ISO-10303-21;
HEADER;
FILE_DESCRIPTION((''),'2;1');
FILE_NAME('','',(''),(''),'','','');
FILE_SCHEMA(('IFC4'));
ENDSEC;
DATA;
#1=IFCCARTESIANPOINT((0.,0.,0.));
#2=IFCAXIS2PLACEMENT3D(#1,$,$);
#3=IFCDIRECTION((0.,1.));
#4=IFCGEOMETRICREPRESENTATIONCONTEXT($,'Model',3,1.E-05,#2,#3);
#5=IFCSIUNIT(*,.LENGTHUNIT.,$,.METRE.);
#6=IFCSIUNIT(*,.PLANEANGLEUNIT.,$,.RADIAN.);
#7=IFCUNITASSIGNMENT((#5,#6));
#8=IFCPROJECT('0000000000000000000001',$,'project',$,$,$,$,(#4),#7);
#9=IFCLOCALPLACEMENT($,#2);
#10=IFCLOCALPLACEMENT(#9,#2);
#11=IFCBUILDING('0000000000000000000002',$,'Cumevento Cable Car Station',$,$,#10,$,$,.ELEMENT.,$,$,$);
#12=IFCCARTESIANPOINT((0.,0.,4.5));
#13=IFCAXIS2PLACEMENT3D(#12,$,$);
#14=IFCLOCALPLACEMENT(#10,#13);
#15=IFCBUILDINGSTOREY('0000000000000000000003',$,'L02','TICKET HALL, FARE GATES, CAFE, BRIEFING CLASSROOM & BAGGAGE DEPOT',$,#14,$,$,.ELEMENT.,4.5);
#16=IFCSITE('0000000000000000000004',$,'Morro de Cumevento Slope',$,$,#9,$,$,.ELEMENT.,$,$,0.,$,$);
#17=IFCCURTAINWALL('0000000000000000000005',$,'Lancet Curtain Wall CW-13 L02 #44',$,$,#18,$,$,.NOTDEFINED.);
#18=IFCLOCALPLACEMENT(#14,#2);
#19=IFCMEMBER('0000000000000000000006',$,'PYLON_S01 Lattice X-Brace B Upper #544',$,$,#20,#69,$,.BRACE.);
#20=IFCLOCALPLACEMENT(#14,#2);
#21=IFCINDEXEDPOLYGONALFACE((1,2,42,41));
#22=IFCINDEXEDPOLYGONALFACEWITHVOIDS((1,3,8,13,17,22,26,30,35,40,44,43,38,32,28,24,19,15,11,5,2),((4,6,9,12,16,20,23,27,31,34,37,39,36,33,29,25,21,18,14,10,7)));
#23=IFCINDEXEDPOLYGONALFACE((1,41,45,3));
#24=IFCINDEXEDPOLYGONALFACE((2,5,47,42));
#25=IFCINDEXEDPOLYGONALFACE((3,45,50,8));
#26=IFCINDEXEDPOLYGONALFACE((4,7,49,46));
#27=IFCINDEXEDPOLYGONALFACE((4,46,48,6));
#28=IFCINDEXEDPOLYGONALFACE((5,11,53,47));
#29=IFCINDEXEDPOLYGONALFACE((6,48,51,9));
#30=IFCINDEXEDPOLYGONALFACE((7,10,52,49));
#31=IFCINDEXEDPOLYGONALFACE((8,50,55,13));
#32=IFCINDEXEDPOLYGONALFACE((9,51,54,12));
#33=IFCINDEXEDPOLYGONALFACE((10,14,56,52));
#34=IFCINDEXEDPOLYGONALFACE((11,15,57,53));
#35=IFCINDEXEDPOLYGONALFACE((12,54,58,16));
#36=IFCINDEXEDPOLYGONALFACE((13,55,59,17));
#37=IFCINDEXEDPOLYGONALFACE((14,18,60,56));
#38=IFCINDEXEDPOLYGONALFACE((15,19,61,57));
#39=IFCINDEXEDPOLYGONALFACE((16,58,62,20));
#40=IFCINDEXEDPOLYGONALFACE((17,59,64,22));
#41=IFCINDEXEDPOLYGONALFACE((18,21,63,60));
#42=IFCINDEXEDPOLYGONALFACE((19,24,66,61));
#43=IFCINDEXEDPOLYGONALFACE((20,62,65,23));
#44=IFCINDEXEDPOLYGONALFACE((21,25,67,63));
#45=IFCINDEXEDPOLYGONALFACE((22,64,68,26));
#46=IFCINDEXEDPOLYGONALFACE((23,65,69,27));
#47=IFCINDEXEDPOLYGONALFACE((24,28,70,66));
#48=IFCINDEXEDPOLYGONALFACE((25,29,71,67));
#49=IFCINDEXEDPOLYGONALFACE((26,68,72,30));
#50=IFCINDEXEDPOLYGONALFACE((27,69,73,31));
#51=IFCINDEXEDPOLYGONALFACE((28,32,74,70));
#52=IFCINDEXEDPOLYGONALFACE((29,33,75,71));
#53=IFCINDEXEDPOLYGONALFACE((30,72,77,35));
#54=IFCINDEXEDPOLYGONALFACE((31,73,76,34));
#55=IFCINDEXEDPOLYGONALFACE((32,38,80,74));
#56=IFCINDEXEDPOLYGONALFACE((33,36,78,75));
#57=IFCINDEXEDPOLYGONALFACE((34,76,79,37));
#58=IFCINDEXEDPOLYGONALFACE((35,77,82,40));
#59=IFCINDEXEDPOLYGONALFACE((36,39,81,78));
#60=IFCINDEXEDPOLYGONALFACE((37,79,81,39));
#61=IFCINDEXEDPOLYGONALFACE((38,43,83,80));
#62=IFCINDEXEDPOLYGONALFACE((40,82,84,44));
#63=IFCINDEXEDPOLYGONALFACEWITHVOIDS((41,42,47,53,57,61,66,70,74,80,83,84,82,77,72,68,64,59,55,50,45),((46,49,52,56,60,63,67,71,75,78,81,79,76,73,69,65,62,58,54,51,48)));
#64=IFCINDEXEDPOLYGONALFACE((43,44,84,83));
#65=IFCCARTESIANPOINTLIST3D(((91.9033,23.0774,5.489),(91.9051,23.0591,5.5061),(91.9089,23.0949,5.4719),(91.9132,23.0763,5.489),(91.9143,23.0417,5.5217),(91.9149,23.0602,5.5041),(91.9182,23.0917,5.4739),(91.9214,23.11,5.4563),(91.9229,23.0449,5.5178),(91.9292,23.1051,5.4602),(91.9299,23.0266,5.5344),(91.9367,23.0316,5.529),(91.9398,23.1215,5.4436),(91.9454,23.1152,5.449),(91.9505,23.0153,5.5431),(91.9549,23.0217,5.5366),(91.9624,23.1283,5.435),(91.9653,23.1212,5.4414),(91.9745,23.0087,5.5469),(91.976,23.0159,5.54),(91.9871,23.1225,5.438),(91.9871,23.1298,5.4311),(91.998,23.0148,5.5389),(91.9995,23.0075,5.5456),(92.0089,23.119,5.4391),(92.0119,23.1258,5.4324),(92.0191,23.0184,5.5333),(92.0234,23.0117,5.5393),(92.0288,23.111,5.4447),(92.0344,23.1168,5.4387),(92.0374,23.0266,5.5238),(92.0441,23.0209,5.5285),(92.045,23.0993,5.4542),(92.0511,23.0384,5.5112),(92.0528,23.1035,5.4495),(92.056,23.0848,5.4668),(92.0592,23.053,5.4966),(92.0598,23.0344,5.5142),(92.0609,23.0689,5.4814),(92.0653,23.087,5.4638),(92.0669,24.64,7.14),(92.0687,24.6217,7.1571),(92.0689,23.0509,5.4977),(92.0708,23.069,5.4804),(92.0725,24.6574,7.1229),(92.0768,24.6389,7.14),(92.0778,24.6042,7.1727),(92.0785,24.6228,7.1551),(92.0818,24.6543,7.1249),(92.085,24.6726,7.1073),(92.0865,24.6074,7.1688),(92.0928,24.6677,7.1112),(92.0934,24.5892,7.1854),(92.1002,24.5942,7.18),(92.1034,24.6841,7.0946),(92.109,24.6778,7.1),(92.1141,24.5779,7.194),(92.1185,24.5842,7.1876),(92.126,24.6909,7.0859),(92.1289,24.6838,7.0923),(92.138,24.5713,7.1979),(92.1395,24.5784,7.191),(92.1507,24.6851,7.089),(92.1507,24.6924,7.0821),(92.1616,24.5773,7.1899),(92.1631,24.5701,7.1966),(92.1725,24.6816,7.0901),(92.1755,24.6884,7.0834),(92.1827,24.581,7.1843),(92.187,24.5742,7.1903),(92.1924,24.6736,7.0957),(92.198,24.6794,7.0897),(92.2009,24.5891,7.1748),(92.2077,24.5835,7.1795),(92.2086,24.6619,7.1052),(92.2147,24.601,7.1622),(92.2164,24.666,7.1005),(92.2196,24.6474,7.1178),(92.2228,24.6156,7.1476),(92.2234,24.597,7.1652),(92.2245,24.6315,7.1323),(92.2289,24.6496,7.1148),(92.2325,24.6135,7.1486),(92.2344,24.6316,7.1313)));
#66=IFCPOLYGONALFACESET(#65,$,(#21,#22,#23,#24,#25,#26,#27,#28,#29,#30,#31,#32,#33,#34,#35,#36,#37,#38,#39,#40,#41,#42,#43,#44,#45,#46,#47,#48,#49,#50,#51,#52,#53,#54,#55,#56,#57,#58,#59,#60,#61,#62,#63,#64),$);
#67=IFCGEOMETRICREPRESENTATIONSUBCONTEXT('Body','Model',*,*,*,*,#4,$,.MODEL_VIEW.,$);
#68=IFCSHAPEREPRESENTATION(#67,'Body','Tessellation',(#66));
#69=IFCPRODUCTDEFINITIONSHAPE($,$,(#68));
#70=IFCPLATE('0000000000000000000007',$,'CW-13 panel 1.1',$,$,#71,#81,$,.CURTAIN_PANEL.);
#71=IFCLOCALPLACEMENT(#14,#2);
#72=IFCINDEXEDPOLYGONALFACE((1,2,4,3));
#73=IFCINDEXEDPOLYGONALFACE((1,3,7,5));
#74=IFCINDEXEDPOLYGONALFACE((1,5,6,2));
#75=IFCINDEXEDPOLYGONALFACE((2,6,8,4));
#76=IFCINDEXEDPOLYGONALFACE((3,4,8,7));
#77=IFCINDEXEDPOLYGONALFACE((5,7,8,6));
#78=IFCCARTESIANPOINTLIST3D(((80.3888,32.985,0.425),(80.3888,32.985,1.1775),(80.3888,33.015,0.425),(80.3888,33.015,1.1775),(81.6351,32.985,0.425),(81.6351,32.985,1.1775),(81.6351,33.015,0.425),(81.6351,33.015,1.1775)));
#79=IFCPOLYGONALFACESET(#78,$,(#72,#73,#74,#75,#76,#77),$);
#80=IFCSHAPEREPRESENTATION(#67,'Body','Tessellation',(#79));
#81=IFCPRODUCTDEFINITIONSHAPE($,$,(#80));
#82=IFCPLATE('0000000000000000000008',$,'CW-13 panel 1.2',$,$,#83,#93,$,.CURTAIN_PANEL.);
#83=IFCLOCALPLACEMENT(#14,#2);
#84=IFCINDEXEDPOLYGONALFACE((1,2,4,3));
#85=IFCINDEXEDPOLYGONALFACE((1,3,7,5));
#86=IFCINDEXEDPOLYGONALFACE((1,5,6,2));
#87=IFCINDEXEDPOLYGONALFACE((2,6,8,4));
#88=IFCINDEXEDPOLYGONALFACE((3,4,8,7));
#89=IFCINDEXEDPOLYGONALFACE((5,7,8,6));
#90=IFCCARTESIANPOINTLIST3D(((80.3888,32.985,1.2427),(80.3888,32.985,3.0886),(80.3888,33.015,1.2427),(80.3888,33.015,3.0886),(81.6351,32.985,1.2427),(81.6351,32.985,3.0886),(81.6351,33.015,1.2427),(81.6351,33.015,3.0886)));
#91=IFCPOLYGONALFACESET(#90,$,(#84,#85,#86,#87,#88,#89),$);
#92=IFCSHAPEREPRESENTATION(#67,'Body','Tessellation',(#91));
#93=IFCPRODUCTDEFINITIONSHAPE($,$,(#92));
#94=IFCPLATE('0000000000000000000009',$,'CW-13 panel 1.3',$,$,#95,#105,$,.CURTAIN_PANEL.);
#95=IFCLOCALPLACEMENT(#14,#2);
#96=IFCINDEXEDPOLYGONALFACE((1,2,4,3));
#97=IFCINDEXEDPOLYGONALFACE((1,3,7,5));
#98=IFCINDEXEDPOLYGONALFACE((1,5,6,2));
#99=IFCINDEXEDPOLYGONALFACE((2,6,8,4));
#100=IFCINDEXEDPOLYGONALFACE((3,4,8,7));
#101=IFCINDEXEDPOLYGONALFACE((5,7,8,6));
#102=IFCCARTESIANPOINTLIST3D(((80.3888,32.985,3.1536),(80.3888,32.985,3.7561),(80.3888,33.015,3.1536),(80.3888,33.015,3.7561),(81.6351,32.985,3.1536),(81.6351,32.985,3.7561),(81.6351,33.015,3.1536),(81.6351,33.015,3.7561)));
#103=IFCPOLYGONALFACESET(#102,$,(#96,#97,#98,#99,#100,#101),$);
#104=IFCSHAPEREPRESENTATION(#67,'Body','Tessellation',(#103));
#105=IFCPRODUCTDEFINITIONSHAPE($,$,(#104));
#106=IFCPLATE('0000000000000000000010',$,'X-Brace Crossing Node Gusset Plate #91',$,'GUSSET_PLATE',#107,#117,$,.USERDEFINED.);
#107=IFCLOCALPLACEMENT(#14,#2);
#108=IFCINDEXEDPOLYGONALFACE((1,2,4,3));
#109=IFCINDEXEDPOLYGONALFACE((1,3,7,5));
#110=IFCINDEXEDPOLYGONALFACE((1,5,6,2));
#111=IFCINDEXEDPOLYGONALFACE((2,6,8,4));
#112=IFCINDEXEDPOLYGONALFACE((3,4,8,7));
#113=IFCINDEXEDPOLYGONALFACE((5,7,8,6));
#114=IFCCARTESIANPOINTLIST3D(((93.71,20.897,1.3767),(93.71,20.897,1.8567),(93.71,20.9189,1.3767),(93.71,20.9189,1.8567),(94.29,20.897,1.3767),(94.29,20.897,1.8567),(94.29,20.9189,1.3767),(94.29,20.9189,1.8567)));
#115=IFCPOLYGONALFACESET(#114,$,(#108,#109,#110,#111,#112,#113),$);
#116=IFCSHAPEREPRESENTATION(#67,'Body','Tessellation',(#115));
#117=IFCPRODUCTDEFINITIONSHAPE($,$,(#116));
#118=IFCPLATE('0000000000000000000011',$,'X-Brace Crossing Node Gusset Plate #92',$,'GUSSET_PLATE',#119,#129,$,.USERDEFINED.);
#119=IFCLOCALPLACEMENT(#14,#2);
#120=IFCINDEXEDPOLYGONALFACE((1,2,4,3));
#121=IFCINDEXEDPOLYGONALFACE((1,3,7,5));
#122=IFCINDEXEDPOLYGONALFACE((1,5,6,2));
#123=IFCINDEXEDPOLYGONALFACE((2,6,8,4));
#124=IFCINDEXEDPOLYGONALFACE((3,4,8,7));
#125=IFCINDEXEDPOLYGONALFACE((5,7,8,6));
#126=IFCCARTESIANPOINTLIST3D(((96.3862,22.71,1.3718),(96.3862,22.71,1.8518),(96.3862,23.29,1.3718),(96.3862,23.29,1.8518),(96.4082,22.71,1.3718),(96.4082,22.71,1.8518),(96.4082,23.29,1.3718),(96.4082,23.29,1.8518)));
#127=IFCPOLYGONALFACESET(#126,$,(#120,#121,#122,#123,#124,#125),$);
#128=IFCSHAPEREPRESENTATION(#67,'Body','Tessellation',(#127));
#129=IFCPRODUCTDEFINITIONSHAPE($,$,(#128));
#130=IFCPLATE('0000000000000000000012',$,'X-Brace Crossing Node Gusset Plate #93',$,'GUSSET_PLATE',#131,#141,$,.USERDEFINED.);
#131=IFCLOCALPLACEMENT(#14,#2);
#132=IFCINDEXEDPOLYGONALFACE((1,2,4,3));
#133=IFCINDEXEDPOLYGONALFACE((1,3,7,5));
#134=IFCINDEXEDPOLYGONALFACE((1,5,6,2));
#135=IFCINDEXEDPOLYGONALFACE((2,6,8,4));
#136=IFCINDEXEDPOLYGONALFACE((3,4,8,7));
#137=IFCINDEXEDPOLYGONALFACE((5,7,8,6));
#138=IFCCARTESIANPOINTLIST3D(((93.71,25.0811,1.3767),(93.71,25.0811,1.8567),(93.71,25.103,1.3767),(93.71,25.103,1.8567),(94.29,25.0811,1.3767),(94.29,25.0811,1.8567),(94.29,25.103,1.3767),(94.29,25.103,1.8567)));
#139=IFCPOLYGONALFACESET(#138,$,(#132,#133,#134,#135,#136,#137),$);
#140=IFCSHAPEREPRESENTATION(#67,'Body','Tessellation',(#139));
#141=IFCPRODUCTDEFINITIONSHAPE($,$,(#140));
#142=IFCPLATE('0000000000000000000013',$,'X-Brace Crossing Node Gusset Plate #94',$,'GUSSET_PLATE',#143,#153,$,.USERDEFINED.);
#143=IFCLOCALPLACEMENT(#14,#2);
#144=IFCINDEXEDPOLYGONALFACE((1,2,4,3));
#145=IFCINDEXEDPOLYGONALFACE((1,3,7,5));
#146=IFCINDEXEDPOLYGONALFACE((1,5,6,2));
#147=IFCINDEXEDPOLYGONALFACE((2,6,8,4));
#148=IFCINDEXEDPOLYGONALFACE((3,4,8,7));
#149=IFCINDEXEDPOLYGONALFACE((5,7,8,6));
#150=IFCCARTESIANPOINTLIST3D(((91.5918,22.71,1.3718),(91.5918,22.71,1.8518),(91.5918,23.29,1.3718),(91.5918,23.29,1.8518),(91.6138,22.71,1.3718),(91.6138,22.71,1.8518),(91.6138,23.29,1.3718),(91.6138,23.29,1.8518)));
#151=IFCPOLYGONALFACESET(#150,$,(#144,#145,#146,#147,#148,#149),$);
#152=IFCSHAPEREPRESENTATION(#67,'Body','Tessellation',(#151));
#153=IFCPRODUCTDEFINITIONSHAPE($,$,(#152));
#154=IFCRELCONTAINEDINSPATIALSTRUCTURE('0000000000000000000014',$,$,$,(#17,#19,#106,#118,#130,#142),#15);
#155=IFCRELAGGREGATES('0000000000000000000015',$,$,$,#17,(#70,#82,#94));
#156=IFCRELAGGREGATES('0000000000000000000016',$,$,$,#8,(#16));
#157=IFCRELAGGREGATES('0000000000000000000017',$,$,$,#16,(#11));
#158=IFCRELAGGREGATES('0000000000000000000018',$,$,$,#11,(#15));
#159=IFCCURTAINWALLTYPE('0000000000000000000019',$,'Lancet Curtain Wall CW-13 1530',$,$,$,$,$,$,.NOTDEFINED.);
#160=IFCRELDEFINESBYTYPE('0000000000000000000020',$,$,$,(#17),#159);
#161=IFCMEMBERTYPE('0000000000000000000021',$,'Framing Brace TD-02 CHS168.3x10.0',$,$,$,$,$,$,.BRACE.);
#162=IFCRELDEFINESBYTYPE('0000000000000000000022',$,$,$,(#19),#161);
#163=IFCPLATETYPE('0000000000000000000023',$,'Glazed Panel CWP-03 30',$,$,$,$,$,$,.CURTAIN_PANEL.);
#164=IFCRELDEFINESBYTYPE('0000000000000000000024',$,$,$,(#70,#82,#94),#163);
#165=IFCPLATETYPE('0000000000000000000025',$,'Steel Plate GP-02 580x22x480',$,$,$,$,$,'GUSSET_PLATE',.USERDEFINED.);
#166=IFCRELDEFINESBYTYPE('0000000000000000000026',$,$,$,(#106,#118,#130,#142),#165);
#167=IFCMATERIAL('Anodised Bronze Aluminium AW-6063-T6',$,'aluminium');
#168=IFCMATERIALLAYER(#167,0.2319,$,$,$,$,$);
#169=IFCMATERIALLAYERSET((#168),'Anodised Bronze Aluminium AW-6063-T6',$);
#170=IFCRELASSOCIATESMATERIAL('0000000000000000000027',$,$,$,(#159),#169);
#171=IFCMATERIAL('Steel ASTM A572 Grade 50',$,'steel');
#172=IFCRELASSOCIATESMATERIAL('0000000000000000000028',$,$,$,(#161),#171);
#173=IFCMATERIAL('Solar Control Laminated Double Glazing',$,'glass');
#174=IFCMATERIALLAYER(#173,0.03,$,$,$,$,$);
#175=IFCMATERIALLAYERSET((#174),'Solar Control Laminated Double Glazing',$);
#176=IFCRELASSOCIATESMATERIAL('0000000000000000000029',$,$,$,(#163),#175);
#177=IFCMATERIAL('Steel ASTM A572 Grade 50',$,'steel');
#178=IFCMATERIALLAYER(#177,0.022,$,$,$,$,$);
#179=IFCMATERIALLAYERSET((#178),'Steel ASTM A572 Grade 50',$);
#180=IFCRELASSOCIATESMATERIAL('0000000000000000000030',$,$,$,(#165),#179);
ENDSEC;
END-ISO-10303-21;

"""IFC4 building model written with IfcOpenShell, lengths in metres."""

from ifc_helpers import new_model, si_unit, direction, frame, origin, origin_2d, place, context, subcontext, project, spatial, rectangle, hollow_circle, extrude, material, layer, layer_set, material_profile, profile_set, type_object, element, aggregate, save


model = new_model("IFC4")

# Units and contexts
model_context = context("Model", 3, precision=1e-05, world=origin(), true_north=direction((0.0, 1.0)))
body_context = subcontext(model_context, "Body", "Model", "MODEL_VIEW")
ifc_project = project(units=[si_unit("LENGTHUNIT", "METRE"), si_unit("PLANEANGLEUNIT", "RADIAN")], contexts=[model_context])

# Site, building, storey
site_placement = place(None, origin())
site = spatial("IfcSite", under=ifc_project, at=site_placement, Name="Morro de Cumevento Slope", CompositionType="ELEMENT", RefElevation=0.0)
building_placement = place(site_placement, origin())
building = spatial("IfcBuilding", under=site, at=building_placement, Name="Cumevento Cable Car Station", CompositionType="ELEMENT")
storey_placement = place(building_placement, frame((0.0, 0.0, 4.5)))
storey = spatial("IfcBuildingStorey", under=building, at=storey_placement, Name="L02", Description="TICKET HALL, FARE GATES, CAFE, BRIEFING CLASSROOM & BAGGAGE DEPOT", CompositionType="ELEMENT", Elevation=4.5)

# Curtain wall
ifc_material_1 = material(Name="Anodised Bronze Aluminium AW-6063-T6", Category="aluminium")
ifc_layer_1 = layer(ifc_material_1, 0.2319)
ifc_layer_set_1 = layer_set([ifc_layer_1], Name="Anodised Bronze Aluminium AW-6063-T6")
curtain_wall_type = type_object("IfcCurtainWallType", Name="Lancet Curtain Wall CW-13 1530", PredefinedType="NOTDEFINED", material=ifc_layer_set_1)
curtain_wall_placement = place(storey_placement, origin())
curtain_wall = element("IfcCurtainWall", 1, at=curtain_wall_placement, inside=storey, type_object=curtain_wall_type, Name="Lancet Curtain Wall CW-13 L02 #44", PredefinedType="NOTDEFINED")

# Member
ifc_material_2 = material(Name="Steel ASTM A572 Grade 50", Category="steel")
ifc_material_profile_1 = material_profile(ifc_material_2, hollow_circle(Radius=0.0842, WallThickness=0.01, at=origin_2d()), Name="CHS168.3x10.0")
ifc_profile_set_1 = profile_set([ifc_material_profile_1], Name="Steel ASTM A572 Grade 50")
member_type_1 = type_object("IfcMemberType", Name="Framing Brace TD-02 CHS168.3x10.0", PredefinedType="BRACE", material=ifc_profile_set_1)
member_1_placement = place(storey_placement, frame((91.9871, 23.0686, 5.489), z_axis=(0.071776, 0.685626, 0.724407), x_axis=(-0.994565, 0.104119, 0.0)))
element("IfcMember", 2, at=member_1_placement, inside=storey, type_object=member_type_1, Name="PYLON_S01 Lattice X-Brace B Upper #544", PredefinedType="BRACE", context=body_context, shape_type="SweptSolid", body=[
    extrude(hollow_circle(Radius=0.0842, WallThickness=0.01, at=origin_2d()), origin(), (0.0, 0.0, 1.0), 2.2791),
])

# Plates
ifc_material_3 = material(Name="Solar Control Laminated Double Glazing", Category="glass")
ifc_layer_2 = layer(ifc_material_3, 0.03)
ifc_layer_set_2 = layer_set([ifc_layer_2], Name="Solar Control Laminated Double Glazing")
plate_type_1 = type_object("IfcPlateType", Name="Glazed Panel CWP-03 30", PredefinedType="CURTAIN_PANEL", material=ifc_layer_set_2)
plate_1_placement = place(storey_placement, frame((81.012, 33.0, 0.425), z_axis=(0.0, 0.0, 1.0), x_axis=(-1.0, 0.0, 0.0)))
plate_1 = element("IfcPlate", 3, at=plate_1_placement, type_object=plate_type_1, Name="CW-13 panel 1.1", PredefinedType="CURTAIN_PANEL", context=body_context, shape_type="SweptSolid", body=[
    extrude(rectangle(XDim=1.2463, YDim=0.03, at=origin_2d()), origin(), (0.0, 0.0, 1.0), 0.7524),
])
plate_2_placement = place(storey_placement, frame((81.012, 33.0, 1.2427), z_axis=(0.0, 0.0, 1.0), x_axis=(-1.0, 0.0, 0.0)))
plate_2 = element("IfcPlate", 4, at=plate_2_placement, type_object=plate_type_1, Name="CW-13 panel 1.2", PredefinedType="CURTAIN_PANEL", context=body_context, shape_type="SweptSolid", body=[
    extrude(rectangle(XDim=1.2463, YDim=0.03, at=origin_2d()), origin(), (0.0, 0.0, 1.0), 1.8459),
])
plate_3_placement = place(storey_placement, frame((81.012, 33.0, 3.1536), z_axis=(0.0, 0.0, 1.0), x_axis=(-1.0, 0.0, 0.0)))
plate_3 = element("IfcPlate", 5, at=plate_3_placement, type_object=plate_type_1, Name="CW-13 panel 1.3", PredefinedType="CURTAIN_PANEL", context=body_context, shape_type="SweptSolid", body=[
    extrude(rectangle(XDim=1.2463, YDim=0.03, at=origin_2d()), origin(), (0.0, 0.0, 1.0), 0.6025),
])
aggregate(curtain_wall, [plate_1, plate_2, plate_3])

# Plates
ifc_material_4 = material(Name="Steel ASTM A572 Grade 50", Category="steel")
ifc_layer_3 = layer(ifc_material_4, 0.022)
ifc_layer_set_3 = layer_set([ifc_layer_3], Name="Steel ASTM A572 Grade 50")
plate_type_2 = type_object("IfcPlateType", Name="Steel Plate GP-02 580x22x480", ElementType="GUSSET_PLATE", PredefinedType="USERDEFINED", material=ifc_layer_set_3)
for number, where, z_axis, x_axis, name in (
    (6, (94.0, 20.908, 1.3767), (0.0, 0.0, 1.0), (1.0, 0.0, 0.0), "X-Brace Crossing Node Gusset Plate #91"),
    (7, (96.3972, 23.0, 1.3718), (0.0, 0.0, 1.0), (0.0, 1.0, 0.0), "X-Brace Crossing Node Gusset Plate #92"),
    (8, (94.0, 25.092, 1.3767), (0.0, 0.0, 1.0), (1.0, 0.0, 0.0), "X-Brace Crossing Node Gusset Plate #93"),
    (9, (91.6028, 23.0, 1.3718), (0.0, 0.0, 1.0), (0.0, 1.0, 0.0), "X-Brace Crossing Node Gusset Plate #94"),
):
    element("IfcPlate", number, at=place(storey_placement, frame(where, z_axis=z_axis, x_axis=x_axis)), inside=storey, type_object=plate_type_2, Name=name, ObjectType="GUSSET_PLATE", PredefinedType="USERDEFINED", context=body_context, shape_type="SweptSolid", body=[
        extrude(rectangle(XDim=0.5801, YDim=0.022, at=origin_2d()), origin(), (0.0, 0.0, 1.0), 0.48),
    ])

save(model, "model.ifc")
